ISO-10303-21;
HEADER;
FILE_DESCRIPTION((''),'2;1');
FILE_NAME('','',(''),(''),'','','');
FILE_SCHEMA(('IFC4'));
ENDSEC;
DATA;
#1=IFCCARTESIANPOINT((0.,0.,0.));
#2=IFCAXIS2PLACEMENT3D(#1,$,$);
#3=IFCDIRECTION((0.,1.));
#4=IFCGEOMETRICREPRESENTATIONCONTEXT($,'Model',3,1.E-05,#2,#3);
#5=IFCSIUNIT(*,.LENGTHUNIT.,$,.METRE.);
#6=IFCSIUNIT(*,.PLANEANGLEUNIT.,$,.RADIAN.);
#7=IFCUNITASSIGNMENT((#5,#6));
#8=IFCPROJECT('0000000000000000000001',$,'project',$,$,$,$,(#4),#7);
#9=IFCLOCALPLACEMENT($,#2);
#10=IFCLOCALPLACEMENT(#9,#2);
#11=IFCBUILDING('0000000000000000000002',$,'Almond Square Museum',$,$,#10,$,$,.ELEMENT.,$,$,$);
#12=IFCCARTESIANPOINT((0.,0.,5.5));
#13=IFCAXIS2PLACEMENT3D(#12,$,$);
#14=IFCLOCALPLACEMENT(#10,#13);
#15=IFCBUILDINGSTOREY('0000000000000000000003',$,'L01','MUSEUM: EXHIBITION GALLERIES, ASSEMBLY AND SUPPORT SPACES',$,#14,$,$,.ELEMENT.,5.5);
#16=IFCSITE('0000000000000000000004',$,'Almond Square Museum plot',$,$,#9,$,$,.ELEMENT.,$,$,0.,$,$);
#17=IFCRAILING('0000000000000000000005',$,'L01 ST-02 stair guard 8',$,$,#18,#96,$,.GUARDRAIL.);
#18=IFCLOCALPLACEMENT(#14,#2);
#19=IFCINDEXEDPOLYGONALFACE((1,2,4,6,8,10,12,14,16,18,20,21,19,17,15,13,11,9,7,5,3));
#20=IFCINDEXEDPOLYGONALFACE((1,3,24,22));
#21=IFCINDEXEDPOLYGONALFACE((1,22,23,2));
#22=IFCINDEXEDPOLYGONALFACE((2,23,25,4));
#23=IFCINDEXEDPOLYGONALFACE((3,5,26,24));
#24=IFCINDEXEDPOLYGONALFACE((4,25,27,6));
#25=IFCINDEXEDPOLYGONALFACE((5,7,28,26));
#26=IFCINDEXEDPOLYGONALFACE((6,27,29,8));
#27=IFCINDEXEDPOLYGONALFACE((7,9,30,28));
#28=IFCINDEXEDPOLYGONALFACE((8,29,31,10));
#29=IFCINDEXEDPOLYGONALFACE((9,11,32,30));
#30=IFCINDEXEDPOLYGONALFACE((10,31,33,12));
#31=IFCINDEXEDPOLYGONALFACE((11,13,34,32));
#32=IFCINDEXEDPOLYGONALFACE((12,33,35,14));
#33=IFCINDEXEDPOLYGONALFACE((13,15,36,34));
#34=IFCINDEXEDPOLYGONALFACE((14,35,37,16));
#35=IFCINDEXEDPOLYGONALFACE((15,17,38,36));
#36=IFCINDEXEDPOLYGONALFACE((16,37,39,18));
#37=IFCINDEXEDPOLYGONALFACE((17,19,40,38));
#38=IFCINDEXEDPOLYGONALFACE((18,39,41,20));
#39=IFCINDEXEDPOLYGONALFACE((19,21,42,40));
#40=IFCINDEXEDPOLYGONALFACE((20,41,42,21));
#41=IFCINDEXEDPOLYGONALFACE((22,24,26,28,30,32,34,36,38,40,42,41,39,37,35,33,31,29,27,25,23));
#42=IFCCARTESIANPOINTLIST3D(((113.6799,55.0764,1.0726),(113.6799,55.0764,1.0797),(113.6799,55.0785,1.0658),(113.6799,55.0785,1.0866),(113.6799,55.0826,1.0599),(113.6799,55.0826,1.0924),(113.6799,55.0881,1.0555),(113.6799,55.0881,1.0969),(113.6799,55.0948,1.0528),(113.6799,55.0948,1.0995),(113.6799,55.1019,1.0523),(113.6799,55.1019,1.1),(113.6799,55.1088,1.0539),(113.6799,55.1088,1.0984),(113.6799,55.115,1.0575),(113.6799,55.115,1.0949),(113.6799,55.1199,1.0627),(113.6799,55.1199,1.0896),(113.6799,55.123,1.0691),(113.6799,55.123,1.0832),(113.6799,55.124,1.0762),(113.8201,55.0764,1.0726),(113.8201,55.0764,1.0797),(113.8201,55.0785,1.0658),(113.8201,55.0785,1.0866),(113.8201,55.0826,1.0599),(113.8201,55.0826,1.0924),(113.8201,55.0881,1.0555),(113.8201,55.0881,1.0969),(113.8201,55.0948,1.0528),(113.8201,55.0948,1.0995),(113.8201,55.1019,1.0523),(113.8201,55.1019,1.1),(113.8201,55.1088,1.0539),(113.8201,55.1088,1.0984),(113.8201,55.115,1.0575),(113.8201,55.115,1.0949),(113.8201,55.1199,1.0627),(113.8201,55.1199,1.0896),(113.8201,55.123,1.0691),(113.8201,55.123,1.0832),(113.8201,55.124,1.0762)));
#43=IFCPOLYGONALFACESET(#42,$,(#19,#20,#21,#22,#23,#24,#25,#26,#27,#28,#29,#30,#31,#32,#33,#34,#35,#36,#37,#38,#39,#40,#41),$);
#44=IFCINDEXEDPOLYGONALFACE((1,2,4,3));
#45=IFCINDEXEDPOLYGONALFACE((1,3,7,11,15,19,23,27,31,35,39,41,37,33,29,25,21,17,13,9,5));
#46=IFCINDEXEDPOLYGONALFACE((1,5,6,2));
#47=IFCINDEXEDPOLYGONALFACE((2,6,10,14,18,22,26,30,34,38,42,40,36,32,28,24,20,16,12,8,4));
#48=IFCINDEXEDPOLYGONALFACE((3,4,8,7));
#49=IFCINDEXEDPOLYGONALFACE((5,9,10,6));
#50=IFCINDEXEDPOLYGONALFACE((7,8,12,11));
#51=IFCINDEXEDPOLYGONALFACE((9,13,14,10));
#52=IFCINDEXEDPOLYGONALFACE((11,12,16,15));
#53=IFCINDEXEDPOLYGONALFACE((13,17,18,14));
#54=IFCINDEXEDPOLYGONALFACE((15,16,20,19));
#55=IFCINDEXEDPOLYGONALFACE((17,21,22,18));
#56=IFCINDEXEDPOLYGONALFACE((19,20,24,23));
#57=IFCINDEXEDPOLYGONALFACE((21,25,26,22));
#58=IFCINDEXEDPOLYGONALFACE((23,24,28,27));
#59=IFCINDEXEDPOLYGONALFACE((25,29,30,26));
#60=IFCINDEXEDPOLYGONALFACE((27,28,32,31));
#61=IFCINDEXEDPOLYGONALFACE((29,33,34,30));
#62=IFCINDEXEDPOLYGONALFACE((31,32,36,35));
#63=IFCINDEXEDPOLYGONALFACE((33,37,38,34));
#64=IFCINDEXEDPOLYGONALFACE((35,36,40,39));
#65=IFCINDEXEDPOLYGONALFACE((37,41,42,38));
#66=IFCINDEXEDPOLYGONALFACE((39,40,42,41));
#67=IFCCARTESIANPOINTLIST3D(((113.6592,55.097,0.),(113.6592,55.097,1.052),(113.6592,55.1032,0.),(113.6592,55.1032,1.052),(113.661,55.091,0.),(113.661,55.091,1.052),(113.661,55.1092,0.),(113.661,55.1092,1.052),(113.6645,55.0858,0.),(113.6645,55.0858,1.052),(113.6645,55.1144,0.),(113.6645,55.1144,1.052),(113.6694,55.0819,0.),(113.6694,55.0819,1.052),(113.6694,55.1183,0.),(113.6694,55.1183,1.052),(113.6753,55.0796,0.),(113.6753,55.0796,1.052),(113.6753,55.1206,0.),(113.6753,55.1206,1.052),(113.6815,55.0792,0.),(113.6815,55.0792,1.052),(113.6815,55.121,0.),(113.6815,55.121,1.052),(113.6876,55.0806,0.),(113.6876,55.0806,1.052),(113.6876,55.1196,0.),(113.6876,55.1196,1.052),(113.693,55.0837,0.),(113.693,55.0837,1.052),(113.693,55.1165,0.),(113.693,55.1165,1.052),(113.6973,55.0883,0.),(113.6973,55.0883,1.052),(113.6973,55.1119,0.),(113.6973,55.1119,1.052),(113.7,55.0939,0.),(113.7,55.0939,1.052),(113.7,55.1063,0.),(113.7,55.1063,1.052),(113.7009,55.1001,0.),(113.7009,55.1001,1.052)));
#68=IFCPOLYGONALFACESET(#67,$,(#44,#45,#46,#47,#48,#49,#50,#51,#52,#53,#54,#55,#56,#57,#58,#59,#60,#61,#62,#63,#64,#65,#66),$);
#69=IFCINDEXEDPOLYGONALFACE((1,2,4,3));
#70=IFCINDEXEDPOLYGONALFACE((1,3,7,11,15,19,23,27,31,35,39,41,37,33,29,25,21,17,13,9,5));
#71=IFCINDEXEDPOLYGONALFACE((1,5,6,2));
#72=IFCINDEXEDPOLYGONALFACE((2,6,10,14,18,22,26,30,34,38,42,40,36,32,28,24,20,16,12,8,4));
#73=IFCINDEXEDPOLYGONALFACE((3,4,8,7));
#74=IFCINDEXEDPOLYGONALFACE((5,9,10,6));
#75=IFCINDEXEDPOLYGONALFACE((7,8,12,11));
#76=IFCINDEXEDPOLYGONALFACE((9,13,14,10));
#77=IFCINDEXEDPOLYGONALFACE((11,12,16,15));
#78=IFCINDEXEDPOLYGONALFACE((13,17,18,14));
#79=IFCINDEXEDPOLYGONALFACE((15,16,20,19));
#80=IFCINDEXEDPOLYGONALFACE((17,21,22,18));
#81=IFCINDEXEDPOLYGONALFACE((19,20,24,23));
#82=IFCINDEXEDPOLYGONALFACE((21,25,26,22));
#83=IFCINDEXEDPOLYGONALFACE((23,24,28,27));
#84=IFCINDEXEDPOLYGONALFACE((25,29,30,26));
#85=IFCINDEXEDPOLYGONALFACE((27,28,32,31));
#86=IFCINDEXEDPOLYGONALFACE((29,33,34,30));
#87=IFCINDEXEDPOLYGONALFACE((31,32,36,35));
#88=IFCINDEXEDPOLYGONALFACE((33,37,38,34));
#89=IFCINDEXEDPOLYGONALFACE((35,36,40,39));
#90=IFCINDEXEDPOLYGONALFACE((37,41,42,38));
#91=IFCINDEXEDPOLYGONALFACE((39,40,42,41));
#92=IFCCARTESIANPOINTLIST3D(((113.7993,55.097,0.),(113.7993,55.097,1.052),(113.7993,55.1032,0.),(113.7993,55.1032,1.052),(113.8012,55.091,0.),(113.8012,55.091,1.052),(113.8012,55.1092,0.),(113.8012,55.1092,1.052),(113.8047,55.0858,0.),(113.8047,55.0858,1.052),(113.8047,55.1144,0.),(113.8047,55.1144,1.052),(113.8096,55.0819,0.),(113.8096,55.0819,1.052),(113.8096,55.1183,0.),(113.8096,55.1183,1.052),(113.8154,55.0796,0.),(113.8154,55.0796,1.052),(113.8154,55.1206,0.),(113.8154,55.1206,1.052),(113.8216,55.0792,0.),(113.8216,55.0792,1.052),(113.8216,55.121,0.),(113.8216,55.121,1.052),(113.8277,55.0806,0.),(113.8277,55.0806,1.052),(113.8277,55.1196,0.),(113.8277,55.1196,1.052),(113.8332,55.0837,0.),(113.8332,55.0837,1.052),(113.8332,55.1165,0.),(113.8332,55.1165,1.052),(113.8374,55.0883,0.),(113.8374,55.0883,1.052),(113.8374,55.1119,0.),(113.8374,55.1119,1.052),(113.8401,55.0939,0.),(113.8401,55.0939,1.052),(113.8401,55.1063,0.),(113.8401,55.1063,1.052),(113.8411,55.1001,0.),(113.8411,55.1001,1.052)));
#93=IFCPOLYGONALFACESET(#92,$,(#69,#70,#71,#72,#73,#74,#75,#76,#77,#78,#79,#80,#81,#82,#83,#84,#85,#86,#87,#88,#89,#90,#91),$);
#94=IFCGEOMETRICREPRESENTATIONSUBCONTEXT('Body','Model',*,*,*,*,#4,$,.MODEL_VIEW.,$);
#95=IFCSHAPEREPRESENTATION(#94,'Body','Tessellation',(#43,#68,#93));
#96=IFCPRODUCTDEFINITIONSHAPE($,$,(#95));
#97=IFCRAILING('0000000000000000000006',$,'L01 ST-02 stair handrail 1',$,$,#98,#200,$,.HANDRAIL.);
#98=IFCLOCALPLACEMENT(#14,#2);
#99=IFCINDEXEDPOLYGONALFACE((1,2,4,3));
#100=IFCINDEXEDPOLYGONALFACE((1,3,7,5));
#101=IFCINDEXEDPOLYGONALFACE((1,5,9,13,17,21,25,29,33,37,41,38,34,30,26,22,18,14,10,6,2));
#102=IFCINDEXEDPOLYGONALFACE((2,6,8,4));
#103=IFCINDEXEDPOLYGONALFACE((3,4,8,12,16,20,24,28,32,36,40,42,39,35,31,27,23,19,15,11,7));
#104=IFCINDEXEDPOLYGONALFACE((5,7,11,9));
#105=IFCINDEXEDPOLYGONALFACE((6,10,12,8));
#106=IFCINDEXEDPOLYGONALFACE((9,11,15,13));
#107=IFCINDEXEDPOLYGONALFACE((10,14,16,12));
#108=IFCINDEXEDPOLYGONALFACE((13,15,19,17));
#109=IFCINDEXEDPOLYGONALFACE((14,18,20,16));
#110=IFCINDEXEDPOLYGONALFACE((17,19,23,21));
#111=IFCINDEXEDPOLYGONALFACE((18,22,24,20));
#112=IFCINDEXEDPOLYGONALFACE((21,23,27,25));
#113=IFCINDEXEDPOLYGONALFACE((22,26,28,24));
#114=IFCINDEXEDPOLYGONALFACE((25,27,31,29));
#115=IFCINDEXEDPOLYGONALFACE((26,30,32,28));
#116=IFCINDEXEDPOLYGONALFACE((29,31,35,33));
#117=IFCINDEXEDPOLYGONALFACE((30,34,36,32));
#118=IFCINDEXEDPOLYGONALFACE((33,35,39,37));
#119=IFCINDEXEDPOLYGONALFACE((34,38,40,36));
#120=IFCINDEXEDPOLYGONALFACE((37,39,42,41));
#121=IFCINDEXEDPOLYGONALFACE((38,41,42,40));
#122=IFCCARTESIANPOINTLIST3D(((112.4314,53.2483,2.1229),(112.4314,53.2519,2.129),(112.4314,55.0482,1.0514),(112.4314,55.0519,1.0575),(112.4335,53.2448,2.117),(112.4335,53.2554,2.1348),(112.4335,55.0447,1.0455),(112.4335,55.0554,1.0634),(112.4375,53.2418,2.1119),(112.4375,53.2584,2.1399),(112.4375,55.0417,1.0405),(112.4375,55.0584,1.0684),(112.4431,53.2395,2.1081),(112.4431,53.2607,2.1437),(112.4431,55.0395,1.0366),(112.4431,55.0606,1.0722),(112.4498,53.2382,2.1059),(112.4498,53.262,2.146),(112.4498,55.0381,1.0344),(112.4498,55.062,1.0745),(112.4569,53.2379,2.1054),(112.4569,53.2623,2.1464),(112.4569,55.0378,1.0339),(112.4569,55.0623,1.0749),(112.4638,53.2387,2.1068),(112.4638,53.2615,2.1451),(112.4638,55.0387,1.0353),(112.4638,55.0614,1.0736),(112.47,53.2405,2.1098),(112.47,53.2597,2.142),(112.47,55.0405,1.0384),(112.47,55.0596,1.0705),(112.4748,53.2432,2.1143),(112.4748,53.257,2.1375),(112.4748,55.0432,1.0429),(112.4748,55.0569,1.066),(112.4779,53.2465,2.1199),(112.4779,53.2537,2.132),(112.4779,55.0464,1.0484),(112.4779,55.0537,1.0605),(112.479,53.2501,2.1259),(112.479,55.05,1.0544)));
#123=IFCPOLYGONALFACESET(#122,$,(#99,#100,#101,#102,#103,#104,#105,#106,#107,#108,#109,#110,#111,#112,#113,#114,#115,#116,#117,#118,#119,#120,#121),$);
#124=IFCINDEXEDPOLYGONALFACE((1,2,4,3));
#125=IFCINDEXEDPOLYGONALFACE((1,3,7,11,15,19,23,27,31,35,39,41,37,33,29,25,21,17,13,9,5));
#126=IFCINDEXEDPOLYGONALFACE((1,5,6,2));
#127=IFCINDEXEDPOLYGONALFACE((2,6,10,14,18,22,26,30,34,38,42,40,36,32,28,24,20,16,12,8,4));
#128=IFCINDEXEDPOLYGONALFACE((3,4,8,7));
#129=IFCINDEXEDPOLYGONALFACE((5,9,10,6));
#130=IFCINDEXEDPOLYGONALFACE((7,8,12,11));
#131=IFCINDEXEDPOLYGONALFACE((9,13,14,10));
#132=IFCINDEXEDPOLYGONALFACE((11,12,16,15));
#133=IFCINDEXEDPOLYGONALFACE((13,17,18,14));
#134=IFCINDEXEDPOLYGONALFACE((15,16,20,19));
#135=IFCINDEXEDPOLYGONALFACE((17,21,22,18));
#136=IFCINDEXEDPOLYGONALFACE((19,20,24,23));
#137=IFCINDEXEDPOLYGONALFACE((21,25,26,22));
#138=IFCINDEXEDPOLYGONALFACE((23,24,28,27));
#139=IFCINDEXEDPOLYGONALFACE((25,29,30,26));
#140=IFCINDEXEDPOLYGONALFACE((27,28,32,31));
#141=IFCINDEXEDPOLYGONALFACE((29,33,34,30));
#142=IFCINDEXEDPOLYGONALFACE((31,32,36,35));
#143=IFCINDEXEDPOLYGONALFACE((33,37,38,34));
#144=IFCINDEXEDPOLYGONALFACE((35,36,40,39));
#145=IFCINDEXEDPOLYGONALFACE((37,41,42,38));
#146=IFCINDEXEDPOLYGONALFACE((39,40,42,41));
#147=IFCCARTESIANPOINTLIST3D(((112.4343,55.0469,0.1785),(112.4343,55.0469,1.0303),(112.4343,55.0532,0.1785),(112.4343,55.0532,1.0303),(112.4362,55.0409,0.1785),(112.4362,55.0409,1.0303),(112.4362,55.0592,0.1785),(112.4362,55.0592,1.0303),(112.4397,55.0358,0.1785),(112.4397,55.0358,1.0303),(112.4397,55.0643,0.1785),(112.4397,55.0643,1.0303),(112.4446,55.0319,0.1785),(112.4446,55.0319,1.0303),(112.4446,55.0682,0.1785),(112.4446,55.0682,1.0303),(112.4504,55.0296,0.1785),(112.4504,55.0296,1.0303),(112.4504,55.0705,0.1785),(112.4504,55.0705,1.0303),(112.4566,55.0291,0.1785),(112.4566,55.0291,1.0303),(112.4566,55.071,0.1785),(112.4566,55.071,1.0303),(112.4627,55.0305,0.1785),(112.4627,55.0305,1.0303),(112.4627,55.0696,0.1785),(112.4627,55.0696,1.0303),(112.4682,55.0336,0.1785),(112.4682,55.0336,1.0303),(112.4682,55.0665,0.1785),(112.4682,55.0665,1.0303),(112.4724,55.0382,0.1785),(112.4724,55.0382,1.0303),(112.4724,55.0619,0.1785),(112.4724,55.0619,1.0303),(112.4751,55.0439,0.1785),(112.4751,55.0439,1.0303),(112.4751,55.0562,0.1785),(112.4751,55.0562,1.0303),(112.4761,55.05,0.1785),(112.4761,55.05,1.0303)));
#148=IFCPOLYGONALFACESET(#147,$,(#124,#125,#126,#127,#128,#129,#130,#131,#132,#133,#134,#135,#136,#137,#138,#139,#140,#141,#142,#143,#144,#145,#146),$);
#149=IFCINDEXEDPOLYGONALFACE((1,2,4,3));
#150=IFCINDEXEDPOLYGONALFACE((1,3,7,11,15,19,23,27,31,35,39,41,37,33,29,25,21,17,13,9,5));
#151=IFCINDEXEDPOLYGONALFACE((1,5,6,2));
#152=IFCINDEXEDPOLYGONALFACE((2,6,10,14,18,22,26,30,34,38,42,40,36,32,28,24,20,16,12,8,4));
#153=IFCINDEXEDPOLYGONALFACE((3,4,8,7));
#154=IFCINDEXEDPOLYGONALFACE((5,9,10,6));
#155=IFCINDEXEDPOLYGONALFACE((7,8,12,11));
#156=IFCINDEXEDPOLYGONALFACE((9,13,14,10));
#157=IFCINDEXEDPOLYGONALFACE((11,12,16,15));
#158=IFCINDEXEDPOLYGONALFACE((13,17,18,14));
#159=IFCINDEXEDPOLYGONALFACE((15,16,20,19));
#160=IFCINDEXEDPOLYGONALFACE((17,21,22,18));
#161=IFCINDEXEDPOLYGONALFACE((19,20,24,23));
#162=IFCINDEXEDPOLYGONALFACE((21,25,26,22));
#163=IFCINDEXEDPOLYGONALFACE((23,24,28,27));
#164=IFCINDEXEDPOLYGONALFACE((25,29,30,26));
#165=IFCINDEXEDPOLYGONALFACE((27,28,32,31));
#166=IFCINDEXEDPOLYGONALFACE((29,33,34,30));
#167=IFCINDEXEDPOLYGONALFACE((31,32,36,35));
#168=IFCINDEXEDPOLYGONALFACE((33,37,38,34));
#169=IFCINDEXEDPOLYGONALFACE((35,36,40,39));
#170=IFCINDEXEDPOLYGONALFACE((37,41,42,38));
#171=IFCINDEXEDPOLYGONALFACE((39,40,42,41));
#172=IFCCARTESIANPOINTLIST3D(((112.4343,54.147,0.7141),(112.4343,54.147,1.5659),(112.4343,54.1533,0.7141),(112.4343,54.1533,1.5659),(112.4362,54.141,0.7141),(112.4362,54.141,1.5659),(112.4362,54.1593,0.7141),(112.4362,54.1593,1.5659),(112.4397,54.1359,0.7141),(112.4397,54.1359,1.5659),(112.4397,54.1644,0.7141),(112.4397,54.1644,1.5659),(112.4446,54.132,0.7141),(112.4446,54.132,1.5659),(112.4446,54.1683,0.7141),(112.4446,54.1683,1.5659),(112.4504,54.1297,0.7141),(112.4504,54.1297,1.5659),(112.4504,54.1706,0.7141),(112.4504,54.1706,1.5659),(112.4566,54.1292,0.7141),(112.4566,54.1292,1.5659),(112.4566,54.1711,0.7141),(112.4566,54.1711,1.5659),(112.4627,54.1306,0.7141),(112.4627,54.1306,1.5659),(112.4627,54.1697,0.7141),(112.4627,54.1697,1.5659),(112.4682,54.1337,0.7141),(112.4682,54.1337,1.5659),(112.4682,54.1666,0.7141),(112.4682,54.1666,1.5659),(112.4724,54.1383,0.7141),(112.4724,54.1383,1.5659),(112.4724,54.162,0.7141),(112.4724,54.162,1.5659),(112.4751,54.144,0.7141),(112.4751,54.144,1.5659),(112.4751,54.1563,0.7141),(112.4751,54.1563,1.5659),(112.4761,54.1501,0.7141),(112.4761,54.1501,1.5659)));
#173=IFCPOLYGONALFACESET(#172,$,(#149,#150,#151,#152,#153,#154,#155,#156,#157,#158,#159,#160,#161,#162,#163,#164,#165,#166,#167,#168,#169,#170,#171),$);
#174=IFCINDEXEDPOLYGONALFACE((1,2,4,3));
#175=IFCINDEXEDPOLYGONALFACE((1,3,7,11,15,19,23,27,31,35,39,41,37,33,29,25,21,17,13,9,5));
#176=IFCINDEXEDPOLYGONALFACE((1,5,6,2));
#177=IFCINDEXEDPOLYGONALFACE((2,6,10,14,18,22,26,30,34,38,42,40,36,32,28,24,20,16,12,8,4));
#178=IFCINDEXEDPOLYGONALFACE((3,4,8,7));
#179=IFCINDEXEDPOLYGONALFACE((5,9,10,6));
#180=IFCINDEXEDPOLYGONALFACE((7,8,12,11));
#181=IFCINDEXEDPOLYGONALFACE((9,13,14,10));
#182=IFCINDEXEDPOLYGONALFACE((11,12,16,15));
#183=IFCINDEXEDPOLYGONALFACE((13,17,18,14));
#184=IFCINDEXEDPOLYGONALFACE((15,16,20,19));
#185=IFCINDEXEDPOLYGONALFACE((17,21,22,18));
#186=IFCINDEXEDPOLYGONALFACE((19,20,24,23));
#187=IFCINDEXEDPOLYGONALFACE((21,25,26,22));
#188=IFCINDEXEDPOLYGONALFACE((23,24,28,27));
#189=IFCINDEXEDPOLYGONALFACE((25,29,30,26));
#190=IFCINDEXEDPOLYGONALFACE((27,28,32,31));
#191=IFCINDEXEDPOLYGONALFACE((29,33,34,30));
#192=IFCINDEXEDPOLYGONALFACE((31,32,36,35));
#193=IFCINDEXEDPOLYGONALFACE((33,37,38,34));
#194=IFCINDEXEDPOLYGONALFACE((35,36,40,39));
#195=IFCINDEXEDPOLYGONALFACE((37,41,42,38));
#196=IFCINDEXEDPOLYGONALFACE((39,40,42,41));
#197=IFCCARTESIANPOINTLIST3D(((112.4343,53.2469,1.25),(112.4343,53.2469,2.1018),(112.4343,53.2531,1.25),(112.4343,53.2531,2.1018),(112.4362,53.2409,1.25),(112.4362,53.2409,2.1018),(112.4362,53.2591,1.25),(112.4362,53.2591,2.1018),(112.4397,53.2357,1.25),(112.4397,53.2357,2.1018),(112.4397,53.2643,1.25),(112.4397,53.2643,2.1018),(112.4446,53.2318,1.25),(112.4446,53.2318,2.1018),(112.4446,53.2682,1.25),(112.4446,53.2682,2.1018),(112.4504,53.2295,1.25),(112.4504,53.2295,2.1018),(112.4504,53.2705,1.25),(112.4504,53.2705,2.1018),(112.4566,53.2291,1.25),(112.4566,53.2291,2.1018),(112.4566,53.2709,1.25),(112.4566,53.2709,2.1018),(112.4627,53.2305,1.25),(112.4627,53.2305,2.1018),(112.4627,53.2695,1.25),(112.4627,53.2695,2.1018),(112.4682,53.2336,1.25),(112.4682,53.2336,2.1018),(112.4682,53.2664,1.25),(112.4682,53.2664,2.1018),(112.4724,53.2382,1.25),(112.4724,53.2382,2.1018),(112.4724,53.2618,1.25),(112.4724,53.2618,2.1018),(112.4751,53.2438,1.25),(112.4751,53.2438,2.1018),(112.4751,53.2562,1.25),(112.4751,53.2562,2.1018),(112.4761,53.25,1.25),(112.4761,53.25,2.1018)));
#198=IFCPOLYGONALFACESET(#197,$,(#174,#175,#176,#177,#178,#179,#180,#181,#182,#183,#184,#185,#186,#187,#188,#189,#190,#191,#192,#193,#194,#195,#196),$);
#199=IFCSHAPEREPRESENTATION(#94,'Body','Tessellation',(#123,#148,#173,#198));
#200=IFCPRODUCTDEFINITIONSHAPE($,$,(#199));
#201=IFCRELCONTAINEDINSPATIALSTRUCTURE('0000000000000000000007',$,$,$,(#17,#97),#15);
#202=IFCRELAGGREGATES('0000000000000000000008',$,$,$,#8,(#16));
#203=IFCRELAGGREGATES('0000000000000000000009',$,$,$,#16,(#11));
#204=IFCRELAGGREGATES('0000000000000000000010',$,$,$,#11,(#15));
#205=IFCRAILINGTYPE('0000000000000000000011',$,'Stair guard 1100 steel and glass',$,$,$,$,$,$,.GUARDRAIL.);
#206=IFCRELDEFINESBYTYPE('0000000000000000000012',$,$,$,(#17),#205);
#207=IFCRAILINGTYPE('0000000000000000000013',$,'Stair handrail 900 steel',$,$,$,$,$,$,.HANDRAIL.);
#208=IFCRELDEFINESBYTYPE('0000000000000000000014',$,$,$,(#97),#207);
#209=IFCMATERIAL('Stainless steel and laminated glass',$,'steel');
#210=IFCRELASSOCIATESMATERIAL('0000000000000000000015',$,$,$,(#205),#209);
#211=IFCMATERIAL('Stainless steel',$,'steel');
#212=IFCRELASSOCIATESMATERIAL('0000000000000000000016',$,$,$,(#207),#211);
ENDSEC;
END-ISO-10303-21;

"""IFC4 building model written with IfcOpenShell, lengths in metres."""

from ifc_helpers import new_model, si_unit, direction, frame, origin, origin_2d, place, context, subcontext, project, spatial, circle, extrude, material, type_object, element, save


model = new_model("IFC4")

# Units and contexts
model_context = context("Model", 3, precision=1e-05, world=origin(), true_north=direction((0.0, 1.0)))
body_context = subcontext(model_context, "Body", "Model", "MODEL_VIEW")
ifc_project = project(units=[si_unit("LENGTHUNIT", "METRE"), si_unit("PLANEANGLEUNIT", "RADIAN")], contexts=[model_context])

# Site, building, storey
site_placement = place(None, origin())
site = spatial("IfcSite", under=ifc_project, at=site_placement, Name="Almond Square Museum plot", CompositionType="ELEMENT", RefElevation=0.0)
building_placement = place(site_placement, origin())
building = spatial("IfcBuilding", under=site, at=building_placement, Name="Almond Square Museum", CompositionType="ELEMENT")
storey_placement = place(building_placement, frame((0.0, 0.0, 5.5)))
storey = spatial("IfcBuildingStorey", under=building, at=storey_placement, Name="L01", Description="MUSEUM: EXHIBITION GALLERIES, ASSEMBLY AND SUPPORT SPACES", CompositionType="ELEMENT", Elevation=5.5)

# Railings
ifc_material_1 = material(Name="Stainless steel and laminated glass", Category="steel")
railing_type_1 = type_object("IfcRailingType", Name="Stair guard 1100 steel and glass", PredefinedType="GUARDRAIL", material=ifc_material_1)
railing_1_placement = place(storey_placement, frame((113.6799, 55.1001, 0.0)))
element("IfcRailing", 1, at=railing_1_placement, inside=storey, type_object=railing_type_1, Name="L01 ST-02 stair guard 8", PredefinedType="GUARDRAIL", context=body_context, shape_type="SweptSolid", body=[
    extrude(circle(Radius=0.0239, at=origin_2d()), frame((0.0, 0.0, 1.0762), z_axis=(1.0, 0.0, 0.0), x_axis=(0.0, 1.0, 0.0)), (0.0, 0.0, 1.0), 0.1401),
    extrude(circle(Radius=0.021, at=origin_2d()), origin(), (0.0, 0.0, 1.0), 1.052),
    extrude(circle(Radius=0.021, at=origin_2d()), frame((0.1401, 0.0, 0.0)), (0.0, 0.0, 1.0), 1.052),
])
ifc_material_2 = material(Name="Stainless steel", Category="steel")
railing_type_2 = type_object("IfcRailingType", Name="Stair handrail 900 steel", PredefinedType="HANDRAIL", material=ifc_material_2)
railing_2_placement = place(storey_placement, frame((112.4551, 55.05, 0.1785)))
element("IfcRailing", 2, at=railing_2_placement, inside=storey, type_object=railing_type_2, Name="L01 ST-02 stair handrail 1", PredefinedType="HANDRAIL", context=body_context, shape_type="SweptSolid", body=[
    extrude(circle(Radius=0.0239, at=origin_2d()), frame((0.0, 0.0, 0.876), z_axis=(0.0, -0.859277, 0.51151), x_axis=(1.0, 0.0, 0.0)), (0.0, 0.0, 1.0), 2.0947),
    extrude(circle(Radius=0.021, at=origin_2d()), origin(), (0.0, 0.0, 1.0), 0.8518),
    extrude(circle(Radius=0.021, at=origin_2d()), frame((0.0, -0.8999, 0.5356)), (0.0, 0.0, 1.0), 0.8518),
    extrude(circle(Radius=0.021, at=origin_2d()), frame((0.0, -1.8, 1.0715)), (0.0, 0.0, 1.0), 0.8518),
])

save(model, "model.ifc")
